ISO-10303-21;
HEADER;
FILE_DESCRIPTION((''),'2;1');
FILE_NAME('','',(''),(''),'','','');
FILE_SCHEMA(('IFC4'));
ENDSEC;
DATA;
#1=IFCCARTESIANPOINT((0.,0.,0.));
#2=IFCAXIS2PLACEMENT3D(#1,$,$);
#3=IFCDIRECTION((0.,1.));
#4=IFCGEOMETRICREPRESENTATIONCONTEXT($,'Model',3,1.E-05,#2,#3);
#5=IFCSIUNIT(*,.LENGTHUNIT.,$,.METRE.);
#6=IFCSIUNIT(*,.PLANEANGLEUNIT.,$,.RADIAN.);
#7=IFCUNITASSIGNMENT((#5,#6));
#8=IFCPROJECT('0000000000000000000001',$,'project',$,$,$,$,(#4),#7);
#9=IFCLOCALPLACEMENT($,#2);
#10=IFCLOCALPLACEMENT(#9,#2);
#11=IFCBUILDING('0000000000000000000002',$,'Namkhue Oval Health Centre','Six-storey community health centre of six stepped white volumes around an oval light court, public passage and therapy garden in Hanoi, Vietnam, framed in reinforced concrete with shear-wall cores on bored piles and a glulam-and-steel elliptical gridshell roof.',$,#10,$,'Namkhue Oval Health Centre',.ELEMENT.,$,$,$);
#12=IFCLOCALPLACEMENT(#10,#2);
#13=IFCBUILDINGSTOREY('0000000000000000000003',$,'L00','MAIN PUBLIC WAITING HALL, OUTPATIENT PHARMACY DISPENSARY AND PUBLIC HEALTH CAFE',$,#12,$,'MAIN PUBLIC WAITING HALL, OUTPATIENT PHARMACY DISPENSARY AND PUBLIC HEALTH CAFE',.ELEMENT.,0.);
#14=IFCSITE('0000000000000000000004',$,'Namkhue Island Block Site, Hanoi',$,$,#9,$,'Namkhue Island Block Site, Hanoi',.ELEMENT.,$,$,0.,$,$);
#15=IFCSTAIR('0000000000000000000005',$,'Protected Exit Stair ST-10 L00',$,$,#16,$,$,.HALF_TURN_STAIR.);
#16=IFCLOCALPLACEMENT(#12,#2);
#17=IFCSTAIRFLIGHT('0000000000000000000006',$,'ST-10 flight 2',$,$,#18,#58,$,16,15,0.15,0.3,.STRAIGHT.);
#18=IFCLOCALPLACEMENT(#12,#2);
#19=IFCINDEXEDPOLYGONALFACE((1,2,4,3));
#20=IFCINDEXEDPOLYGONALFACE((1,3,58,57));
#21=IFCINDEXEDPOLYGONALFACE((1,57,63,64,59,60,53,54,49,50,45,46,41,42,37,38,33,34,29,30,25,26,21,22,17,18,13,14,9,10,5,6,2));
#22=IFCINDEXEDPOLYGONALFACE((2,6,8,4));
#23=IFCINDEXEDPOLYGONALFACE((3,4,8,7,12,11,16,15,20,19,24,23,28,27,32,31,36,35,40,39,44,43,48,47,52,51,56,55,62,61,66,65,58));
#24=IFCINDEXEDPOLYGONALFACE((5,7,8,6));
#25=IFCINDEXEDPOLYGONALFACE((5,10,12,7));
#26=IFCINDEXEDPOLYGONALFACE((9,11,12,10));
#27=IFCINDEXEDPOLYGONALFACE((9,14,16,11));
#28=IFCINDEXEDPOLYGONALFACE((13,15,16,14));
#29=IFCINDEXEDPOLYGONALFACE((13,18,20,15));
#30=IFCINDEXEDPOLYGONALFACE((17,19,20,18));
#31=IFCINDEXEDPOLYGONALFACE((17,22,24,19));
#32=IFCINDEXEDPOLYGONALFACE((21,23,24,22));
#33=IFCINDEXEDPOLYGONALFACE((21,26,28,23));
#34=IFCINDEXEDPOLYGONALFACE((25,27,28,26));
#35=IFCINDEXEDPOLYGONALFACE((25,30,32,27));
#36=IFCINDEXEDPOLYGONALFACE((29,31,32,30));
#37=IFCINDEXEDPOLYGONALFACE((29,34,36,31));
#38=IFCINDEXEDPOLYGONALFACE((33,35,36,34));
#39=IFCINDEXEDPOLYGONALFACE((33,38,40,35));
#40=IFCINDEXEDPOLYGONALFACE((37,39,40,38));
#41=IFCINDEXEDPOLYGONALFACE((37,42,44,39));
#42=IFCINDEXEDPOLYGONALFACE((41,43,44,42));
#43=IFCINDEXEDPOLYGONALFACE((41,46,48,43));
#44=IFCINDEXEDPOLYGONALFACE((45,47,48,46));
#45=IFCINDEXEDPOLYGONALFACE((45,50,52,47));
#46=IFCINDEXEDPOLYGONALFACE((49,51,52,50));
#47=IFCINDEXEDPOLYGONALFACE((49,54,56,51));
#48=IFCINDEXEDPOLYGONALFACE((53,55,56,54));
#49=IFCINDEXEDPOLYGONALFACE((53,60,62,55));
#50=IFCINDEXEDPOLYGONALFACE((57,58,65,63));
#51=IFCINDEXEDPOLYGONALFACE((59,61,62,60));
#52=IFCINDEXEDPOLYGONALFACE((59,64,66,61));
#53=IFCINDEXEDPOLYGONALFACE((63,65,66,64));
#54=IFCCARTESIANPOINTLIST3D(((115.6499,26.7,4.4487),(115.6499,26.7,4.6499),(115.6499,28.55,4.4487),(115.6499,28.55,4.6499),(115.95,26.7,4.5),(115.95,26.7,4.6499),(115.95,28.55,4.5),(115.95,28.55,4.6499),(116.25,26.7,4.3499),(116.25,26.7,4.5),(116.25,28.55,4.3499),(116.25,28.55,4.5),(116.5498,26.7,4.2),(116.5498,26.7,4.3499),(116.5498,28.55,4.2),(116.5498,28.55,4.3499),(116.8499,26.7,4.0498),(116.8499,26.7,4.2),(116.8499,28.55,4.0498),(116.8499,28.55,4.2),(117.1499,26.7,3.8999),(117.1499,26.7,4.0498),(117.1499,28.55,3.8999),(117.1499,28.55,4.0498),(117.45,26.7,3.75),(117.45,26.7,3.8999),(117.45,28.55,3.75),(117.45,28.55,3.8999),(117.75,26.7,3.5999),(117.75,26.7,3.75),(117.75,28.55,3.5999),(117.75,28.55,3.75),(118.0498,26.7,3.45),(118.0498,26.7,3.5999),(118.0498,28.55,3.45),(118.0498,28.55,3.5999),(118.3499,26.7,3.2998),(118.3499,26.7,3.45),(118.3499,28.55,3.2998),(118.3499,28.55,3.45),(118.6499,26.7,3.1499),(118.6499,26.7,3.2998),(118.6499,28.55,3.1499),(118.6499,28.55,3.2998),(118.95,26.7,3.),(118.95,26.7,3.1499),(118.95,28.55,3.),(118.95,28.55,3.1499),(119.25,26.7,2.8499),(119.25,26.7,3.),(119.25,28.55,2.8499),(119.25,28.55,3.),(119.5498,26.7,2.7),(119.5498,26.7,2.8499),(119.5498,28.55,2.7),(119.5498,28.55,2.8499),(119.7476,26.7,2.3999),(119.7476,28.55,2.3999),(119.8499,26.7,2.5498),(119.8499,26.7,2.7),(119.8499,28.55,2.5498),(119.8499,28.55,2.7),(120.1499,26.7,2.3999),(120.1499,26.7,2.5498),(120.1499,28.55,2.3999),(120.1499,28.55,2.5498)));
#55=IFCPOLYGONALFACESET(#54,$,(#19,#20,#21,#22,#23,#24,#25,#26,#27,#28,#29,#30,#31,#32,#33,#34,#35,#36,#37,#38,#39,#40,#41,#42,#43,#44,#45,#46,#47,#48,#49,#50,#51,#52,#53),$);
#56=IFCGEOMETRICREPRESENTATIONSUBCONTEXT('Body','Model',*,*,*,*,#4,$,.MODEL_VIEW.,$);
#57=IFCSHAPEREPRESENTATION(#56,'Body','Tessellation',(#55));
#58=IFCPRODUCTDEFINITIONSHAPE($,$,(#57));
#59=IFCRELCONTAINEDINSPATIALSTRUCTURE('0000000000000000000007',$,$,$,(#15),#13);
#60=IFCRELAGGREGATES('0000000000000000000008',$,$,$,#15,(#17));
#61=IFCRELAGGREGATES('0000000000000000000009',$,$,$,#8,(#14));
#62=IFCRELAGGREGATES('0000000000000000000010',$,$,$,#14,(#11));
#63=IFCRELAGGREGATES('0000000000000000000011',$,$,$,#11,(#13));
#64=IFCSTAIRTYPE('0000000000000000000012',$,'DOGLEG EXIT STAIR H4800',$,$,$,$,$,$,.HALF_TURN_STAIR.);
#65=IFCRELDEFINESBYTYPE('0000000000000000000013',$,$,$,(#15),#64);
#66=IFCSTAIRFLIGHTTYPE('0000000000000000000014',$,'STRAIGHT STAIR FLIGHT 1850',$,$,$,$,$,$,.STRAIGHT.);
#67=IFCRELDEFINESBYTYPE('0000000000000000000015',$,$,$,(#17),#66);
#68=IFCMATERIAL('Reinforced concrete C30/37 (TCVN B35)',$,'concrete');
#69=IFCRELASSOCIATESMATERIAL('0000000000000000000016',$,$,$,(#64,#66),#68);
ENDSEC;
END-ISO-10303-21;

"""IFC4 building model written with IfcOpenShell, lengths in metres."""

from ifc_helpers import new_model, si_unit, direction, frame, origin, place, context, subcontext, project, spatial, polyline, outline, extrude, material, type_object, element, aggregate, save


model = new_model("IFC4")

# Units and contexts
model_context = context("Model", 3, precision=1e-05, world=origin(), true_north=direction((0.0, 1.0)))
body_context = subcontext(model_context, "Body", "Model", "MODEL_VIEW")
ifc_project = project(units=[si_unit("LENGTHUNIT", "METRE"), si_unit("PLANEANGLEUNIT", "RADIAN")], contexts=[model_context])

# Site, building, storey
site_placement = place(None, origin())
site = spatial("IfcSite", under=ifc_project, at=site_placement, Name="Namkhue Island Block Site, Hanoi", LongName="Namkhue Island Block Site, Hanoi", CompositionType="ELEMENT", RefElevation=0.0)
building_placement = place(site_placement, origin())
building = spatial("IfcBuilding", under=site, at=building_placement, Name="Namkhue Oval Health Centre", Description="Six-storey community health centre of six stepped white volumes around an oval light court, public passage and therapy garden in Hanoi, Vietnam, framed in reinforced concrete with shear-wall cores on bored piles and a glulam-and-steel elliptical gridshell roof.", LongName="Namkhue Oval Health Centre", CompositionType="ELEMENT")
storey_placement = place(building_placement, origin())
storey = spatial("IfcBuildingStorey", under=building, at=storey_placement, Name="L00", Description="MAIN PUBLIC WAITING HALL, OUTPATIENT PHARMACY DISPENSARY AND PUBLIC HEALTH CAFE", LongName="MAIN PUBLIC WAITING HALL, OUTPATIENT PHARMACY DISPENSARY AND PUBLIC HEALTH CAFE", CompositionType="ELEMENT", Elevation=0.0)

# Shared definitions
ifc_material_1 = material(Name="Reinforced concrete C30/37 (TCVN B35)", Category="concrete")

# Stair, stair flight
stair_type = type_object("IfcStairType", Name="DOGLEG EXIT STAIR H4800", PredefinedType="HALF_TURN_STAIR", material=ifc_material_1)
stair_placement = place(storey_placement, origin())
stair = element("IfcStair", 1, at=stair_placement, inside=storey, type_object=stair_type, Name="Protected Exit Stair ST-10 L00", PredefinedType="HALF_TURN_STAIR")
stair_flight_type = type_object("IfcStairFlightType", Name="STRAIGHT STAIR FLIGHT 1850", PredefinedType="STRAIGHT", material=ifc_material_1)
stair_flight_1_placement = place(storey_placement, frame((120.1499, 27.625, 2.3999), z_axis=(0.0, 0.0, 1.0), x_axis=(-1.0, 0.0, 0.0)))
stair_flight_1 = element("IfcStairFlight", 2, at=stair_flight_1_placement, type_object=stair_flight_type, Name="ST-10 flight 2", NumberOfRisers=16, NumberOfTreads=15, PredefinedType="STRAIGHT", RiserHeight=0.15, TreadLength=0.3, context=body_context, shape_type="SweptSolid", body=[
    extrude(outline(polyline([(0.0, 0.0), (0.0, 0.1499), (0.3, 0.1499), (0.3, 0.3), (0.6001, 0.3), (0.6001, 0.45), (0.8999, 0.45), (0.8999, 0.6001), (1.2, 0.6001), (1.2, 0.75), (1.5, 0.75), (1.5, 0.8999), (1.8, 0.8999), (1.8, 1.05), (2.1001, 1.05), (2.1001, 1.2), (2.3999, 1.2), (2.3999, 1.3501), (2.7, 1.3501), (2.7, 1.5), (3.0, 1.5), (3.0, 1.6499), (3.3, 1.6499), (3.3, 1.8), (3.6001, 1.8), (3.6001, 1.95), (3.8999, 1.95), (3.8999, 2.1001), (4.2, 2.1001), (4.2, 2.25), (4.5, 2.25), (4.5, 2.3999), (4.5, 2.0488), (0.4023, 0.0), (0.0, 0.0)])), frame((0.0, 0.925, 0.0), z_axis=(0.0, -1.0, 0.0), x_axis=(1.0, 0.0, 0.0)), (0.0, 0.0, 1.0), 1.8501),
])
aggregate(stair, [stair_flight_1])

save(model, "model.ifc")
